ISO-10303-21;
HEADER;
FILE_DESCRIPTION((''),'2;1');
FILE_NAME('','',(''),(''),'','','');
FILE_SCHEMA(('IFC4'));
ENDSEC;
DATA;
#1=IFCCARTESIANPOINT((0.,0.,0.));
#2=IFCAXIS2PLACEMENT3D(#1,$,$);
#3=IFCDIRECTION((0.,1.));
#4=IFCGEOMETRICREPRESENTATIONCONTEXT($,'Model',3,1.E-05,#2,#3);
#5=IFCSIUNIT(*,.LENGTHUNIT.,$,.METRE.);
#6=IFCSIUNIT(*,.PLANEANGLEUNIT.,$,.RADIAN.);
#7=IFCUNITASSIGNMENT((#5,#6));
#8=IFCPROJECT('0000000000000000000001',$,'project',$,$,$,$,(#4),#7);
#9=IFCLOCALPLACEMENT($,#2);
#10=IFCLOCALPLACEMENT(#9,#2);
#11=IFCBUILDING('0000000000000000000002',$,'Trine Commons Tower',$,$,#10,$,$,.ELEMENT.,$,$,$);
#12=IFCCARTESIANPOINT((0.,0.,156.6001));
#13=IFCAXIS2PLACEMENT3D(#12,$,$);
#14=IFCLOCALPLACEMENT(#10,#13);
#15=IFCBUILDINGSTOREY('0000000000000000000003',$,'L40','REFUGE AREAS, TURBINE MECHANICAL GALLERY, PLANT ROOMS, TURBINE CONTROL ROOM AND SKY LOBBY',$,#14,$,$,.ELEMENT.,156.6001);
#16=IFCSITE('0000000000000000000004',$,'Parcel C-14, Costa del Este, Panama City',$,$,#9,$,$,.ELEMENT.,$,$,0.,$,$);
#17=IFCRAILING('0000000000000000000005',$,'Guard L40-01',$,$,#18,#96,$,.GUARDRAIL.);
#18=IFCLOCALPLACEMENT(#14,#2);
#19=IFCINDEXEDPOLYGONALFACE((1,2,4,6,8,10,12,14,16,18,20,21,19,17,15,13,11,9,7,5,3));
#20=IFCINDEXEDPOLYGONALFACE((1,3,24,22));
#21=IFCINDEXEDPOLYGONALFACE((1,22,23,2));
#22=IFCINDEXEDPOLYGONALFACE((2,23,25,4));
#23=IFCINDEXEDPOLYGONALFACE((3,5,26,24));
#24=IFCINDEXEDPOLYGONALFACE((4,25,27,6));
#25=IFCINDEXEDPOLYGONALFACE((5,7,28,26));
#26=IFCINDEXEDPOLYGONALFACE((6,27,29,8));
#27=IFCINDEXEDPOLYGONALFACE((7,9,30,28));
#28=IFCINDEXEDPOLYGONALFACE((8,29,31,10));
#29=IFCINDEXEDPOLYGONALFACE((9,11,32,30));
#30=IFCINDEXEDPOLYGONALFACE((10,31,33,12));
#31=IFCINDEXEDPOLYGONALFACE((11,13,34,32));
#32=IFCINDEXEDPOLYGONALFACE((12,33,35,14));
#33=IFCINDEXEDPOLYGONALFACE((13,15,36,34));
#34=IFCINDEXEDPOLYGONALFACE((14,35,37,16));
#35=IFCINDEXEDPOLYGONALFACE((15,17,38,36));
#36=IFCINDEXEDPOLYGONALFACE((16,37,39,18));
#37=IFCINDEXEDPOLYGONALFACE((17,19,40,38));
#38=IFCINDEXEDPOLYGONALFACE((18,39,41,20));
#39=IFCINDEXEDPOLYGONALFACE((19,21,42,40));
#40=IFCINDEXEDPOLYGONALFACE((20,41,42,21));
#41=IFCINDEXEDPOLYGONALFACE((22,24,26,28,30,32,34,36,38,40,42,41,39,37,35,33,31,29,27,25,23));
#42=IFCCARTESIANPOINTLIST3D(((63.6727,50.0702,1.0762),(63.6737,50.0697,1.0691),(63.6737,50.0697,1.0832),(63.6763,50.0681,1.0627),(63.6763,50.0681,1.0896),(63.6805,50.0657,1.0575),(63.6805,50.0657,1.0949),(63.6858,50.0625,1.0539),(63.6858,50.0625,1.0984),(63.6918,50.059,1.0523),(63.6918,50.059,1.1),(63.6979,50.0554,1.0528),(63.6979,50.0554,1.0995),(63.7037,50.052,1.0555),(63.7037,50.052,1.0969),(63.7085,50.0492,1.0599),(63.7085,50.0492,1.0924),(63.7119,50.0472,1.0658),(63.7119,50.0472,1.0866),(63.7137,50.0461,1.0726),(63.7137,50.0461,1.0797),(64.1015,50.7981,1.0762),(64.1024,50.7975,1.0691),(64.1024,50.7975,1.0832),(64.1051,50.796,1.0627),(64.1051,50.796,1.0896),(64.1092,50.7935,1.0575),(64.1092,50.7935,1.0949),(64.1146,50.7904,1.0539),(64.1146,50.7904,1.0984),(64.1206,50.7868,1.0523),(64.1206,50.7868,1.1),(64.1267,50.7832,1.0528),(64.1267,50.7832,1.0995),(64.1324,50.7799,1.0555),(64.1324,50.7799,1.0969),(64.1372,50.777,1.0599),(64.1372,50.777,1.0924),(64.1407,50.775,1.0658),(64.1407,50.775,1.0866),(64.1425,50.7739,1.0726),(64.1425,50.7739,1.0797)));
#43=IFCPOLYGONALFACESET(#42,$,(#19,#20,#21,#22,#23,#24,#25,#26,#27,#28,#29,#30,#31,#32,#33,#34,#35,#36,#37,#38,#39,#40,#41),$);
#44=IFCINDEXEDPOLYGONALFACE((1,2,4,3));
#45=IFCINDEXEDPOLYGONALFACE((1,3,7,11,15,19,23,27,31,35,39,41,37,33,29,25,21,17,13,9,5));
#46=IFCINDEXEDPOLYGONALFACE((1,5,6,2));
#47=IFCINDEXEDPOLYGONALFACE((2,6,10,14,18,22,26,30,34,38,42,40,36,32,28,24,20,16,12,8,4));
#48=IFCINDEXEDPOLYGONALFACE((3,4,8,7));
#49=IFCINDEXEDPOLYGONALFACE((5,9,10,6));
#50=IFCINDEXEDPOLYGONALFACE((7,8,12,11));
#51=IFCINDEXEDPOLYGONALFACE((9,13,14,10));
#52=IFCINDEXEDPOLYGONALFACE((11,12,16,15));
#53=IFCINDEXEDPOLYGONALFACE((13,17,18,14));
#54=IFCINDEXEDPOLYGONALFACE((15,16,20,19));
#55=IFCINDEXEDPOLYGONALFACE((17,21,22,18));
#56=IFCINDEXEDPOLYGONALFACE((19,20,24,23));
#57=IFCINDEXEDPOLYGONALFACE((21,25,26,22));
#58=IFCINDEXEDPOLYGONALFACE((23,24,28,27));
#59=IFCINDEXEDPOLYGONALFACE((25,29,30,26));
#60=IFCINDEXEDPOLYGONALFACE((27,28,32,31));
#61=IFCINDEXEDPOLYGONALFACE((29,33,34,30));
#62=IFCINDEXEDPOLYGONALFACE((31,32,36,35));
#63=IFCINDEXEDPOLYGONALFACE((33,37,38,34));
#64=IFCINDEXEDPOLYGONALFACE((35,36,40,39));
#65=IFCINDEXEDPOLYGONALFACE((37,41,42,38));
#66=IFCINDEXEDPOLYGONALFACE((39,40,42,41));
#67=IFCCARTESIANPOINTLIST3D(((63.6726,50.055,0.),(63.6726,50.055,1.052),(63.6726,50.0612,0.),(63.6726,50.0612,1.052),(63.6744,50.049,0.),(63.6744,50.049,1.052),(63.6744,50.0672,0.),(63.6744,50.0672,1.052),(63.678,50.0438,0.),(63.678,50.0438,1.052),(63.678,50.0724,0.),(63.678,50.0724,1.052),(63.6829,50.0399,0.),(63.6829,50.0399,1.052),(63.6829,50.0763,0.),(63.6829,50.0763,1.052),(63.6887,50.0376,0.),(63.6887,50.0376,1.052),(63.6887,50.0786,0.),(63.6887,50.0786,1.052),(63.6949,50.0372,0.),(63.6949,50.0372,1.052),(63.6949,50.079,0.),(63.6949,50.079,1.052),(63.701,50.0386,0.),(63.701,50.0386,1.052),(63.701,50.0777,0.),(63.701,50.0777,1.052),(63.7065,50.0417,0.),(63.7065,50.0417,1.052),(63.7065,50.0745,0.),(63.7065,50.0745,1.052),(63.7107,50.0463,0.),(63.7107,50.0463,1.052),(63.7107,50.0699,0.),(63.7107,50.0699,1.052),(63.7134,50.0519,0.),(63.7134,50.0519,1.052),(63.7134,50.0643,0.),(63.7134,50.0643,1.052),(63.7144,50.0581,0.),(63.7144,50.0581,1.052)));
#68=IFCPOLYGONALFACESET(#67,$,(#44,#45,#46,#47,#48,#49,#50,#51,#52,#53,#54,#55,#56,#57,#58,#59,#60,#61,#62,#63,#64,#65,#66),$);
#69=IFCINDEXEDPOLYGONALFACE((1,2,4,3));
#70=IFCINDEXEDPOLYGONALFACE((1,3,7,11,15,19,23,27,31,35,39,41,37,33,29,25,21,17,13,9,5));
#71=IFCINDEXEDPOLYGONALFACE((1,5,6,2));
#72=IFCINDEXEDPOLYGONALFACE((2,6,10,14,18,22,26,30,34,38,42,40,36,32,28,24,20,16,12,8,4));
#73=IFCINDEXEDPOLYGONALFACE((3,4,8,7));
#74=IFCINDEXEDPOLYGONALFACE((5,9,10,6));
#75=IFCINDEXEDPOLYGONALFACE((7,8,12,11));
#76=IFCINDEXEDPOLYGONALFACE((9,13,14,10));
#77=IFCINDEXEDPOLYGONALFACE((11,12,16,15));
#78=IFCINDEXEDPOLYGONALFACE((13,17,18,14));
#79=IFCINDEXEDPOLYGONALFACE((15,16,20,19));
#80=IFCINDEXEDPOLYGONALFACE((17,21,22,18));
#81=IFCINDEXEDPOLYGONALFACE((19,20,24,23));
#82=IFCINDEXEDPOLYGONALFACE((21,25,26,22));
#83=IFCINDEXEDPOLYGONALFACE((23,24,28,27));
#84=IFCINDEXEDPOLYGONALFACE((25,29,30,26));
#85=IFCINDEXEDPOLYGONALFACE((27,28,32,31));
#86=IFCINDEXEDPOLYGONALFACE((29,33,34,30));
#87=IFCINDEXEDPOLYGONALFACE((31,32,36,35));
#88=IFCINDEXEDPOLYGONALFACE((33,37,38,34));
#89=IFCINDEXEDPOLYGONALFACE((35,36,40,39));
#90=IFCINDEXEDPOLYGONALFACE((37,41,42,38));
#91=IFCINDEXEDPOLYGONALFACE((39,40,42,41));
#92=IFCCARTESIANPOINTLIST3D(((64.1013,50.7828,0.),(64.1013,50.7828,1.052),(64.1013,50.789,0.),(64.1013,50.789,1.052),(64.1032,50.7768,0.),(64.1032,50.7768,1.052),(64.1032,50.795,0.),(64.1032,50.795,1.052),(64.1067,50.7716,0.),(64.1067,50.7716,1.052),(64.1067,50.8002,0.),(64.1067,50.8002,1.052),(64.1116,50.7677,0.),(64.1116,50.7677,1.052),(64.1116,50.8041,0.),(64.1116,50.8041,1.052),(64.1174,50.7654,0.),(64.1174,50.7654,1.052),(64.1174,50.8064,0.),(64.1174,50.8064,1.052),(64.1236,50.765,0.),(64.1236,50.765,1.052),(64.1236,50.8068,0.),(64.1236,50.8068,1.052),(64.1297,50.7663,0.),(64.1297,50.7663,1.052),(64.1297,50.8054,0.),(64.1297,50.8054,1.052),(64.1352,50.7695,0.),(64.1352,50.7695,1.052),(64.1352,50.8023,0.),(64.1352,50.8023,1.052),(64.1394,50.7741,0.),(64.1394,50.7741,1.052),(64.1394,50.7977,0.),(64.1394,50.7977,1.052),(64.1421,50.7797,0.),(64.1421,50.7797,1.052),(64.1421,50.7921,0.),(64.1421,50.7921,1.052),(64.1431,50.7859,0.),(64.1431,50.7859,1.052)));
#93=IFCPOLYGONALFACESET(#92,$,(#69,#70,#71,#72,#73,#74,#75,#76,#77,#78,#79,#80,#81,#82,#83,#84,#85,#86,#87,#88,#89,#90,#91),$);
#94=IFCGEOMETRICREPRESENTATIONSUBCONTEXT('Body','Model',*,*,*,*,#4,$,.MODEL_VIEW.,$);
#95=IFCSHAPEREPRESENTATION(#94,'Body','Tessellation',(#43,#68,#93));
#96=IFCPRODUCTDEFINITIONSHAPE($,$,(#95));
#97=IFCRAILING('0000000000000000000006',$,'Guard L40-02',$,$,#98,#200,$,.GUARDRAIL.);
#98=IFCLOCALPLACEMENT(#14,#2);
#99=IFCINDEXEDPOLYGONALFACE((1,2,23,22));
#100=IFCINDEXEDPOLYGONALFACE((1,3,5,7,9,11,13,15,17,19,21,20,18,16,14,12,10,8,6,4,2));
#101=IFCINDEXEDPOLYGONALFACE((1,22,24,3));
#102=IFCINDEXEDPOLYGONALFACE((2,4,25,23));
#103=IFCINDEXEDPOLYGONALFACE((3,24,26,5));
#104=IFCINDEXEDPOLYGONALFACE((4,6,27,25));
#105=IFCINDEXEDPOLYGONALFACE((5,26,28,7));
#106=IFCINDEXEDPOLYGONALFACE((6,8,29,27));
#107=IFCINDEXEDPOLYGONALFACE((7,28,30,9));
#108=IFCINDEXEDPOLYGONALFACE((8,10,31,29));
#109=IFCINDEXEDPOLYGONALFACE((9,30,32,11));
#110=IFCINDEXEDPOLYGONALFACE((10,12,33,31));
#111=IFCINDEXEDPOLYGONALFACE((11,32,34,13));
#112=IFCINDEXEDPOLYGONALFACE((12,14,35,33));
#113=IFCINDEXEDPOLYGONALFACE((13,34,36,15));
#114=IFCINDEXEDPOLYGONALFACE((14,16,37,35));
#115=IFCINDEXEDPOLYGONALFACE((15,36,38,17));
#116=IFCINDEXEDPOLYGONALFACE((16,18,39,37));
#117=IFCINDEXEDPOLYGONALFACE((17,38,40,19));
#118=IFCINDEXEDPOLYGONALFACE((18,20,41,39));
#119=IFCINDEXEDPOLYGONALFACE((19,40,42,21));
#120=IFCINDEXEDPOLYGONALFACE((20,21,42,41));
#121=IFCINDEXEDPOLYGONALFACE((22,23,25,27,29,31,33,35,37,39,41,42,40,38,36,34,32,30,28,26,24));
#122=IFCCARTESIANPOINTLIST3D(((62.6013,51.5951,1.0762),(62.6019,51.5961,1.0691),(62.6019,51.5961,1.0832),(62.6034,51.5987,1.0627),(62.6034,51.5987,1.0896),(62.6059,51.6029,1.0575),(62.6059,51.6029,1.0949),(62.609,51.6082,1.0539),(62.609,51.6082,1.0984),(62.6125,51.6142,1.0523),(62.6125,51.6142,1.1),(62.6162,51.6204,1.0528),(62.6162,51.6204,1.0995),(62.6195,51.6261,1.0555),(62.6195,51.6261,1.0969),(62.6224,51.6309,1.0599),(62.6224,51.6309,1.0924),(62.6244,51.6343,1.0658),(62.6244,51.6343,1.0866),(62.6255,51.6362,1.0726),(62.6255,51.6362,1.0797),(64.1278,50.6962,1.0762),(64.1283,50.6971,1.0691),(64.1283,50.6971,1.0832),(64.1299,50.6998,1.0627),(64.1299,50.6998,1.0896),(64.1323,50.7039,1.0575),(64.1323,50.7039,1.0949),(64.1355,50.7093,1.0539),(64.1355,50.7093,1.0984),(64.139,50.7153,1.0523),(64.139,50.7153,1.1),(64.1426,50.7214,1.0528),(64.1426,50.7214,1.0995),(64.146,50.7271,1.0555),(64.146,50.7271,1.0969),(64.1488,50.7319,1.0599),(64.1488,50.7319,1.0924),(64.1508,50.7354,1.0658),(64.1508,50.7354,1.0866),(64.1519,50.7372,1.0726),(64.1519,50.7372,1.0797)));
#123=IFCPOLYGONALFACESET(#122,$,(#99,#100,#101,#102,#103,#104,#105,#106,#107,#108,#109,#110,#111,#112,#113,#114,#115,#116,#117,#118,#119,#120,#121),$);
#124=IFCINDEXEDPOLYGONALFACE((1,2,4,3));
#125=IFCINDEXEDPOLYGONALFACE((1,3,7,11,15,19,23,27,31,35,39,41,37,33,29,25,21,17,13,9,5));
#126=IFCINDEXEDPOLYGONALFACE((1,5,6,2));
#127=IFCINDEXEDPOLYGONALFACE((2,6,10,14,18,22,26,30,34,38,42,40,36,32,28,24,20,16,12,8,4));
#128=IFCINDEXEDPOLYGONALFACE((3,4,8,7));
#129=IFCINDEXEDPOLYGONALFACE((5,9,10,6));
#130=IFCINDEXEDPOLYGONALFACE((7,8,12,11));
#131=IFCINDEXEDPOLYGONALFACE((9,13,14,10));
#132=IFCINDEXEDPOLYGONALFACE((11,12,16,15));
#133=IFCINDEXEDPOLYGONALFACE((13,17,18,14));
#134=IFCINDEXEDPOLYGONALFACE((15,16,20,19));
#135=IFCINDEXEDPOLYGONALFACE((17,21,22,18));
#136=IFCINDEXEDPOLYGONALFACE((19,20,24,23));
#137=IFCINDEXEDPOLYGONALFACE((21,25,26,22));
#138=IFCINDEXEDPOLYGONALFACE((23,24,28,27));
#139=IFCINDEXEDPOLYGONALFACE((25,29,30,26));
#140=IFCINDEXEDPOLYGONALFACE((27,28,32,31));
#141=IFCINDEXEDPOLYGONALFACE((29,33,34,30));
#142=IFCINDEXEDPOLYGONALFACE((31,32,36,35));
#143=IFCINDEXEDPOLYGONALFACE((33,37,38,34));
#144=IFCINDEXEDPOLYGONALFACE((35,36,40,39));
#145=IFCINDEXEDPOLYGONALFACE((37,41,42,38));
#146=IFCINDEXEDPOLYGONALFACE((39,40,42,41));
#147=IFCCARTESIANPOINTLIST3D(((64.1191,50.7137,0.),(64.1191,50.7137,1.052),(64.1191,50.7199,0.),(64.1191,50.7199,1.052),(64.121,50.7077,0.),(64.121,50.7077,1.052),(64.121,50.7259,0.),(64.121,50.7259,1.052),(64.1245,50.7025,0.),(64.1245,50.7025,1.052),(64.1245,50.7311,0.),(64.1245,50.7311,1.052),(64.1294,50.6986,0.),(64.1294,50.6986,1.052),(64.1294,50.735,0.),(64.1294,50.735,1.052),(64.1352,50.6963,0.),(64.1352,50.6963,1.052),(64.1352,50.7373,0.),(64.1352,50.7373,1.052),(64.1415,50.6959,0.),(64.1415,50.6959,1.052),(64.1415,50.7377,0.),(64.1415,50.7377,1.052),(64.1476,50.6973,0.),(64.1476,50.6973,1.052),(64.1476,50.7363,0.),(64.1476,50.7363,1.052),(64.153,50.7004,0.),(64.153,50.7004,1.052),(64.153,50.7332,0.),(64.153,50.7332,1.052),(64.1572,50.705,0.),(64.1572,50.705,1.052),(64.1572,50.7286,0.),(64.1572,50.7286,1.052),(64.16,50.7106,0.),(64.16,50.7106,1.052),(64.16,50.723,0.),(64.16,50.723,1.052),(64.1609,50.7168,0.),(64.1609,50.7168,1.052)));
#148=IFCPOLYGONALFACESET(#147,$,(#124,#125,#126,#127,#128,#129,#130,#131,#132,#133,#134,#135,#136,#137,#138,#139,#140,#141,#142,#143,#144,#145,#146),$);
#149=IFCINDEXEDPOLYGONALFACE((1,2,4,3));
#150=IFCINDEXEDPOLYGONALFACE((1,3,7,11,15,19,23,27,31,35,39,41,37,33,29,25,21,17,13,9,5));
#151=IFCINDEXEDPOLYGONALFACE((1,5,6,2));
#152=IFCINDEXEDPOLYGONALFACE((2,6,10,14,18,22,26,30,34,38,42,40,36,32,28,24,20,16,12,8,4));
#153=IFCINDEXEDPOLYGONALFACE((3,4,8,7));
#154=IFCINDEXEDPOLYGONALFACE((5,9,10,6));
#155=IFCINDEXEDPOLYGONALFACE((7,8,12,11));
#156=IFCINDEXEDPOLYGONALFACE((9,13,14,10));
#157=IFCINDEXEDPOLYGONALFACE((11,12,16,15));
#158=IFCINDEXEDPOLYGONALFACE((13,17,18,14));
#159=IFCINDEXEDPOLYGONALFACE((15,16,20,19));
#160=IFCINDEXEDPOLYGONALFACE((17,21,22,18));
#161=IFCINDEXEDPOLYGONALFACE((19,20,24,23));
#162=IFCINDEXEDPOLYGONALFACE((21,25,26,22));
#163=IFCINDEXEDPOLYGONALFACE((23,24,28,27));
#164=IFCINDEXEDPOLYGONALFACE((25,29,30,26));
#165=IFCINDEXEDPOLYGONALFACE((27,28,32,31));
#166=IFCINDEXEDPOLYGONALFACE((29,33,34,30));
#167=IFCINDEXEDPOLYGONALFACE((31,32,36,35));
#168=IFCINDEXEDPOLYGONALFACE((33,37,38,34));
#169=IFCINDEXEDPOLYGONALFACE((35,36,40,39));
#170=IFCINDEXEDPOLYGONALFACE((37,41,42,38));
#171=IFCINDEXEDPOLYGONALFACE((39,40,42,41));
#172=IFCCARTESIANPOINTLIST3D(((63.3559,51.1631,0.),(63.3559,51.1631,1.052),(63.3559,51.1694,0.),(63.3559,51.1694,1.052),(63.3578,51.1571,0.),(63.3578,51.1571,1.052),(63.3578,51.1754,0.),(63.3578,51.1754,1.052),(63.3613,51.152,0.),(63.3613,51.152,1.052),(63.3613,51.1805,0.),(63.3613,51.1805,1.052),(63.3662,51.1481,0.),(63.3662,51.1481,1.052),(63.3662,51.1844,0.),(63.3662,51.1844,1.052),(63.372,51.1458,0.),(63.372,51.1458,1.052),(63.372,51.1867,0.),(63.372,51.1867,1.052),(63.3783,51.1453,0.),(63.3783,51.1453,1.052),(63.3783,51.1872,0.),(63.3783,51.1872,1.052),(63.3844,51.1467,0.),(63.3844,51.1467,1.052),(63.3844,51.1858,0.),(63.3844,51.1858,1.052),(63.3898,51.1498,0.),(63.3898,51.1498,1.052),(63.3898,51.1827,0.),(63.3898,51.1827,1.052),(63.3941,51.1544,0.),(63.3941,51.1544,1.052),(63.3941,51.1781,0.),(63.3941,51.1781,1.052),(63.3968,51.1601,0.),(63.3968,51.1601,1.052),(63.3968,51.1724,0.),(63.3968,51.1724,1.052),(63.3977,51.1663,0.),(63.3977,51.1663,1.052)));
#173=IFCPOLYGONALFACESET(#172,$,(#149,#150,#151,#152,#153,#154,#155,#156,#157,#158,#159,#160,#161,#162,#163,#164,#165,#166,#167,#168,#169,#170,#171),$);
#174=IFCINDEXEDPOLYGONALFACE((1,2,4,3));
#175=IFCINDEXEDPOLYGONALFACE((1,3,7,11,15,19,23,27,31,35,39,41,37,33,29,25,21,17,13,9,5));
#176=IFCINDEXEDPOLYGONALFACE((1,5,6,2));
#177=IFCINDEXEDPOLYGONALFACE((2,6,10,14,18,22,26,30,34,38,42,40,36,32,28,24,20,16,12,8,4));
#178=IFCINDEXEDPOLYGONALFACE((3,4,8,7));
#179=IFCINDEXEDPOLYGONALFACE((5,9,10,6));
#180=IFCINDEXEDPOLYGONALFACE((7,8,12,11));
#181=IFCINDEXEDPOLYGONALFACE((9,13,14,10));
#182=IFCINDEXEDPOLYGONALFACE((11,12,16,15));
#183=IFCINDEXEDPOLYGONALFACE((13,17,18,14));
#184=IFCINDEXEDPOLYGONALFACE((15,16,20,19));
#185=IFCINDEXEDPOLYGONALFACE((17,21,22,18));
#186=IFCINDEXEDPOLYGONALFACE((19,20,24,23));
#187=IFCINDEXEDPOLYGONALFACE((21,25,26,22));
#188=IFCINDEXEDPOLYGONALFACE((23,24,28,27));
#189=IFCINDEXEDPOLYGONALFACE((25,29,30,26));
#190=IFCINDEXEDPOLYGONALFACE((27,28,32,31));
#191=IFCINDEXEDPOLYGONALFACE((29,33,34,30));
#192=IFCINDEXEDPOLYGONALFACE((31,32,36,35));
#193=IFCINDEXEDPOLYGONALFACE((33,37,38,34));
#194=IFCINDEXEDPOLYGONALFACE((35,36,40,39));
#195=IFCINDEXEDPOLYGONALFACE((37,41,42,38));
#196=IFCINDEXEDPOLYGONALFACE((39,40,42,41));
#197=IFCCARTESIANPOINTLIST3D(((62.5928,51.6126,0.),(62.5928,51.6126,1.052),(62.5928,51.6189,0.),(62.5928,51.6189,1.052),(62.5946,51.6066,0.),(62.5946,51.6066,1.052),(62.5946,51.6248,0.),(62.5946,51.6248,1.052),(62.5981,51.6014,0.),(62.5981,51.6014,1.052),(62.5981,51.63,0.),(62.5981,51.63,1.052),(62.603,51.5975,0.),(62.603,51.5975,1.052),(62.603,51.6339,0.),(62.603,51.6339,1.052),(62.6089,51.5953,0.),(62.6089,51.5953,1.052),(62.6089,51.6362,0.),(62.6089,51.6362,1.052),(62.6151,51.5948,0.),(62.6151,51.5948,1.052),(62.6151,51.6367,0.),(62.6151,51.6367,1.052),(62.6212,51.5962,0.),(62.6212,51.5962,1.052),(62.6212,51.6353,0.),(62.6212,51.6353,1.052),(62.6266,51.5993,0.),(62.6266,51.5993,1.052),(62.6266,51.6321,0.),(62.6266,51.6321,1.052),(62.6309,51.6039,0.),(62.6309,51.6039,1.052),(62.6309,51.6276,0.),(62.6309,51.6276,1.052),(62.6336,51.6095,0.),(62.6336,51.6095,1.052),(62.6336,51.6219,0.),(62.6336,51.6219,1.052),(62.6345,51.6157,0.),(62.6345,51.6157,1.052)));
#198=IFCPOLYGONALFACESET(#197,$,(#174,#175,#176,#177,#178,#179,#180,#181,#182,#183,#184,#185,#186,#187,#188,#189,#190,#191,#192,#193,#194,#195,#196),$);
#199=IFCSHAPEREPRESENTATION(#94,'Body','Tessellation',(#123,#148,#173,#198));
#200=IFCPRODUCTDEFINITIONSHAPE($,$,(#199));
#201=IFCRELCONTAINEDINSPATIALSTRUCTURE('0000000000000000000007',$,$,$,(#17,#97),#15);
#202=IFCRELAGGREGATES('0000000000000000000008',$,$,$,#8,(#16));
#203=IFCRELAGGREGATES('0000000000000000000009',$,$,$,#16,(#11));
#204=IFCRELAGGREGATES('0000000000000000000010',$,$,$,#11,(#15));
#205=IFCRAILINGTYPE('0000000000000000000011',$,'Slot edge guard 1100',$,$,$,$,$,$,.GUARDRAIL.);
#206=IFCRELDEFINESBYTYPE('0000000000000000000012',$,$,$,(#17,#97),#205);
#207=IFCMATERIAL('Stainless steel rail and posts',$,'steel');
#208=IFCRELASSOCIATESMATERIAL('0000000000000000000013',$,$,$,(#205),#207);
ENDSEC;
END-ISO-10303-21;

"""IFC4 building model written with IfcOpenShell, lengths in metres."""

from ifc_helpers import new_model, si_unit, direction, frame, origin, origin_2d, place, context, subcontext, project, spatial, circle, extrude, material, type_object, element, save


model = new_model("IFC4")

# Units and contexts
model_context = context("Model", 3, precision=1e-05, world=origin(), true_north=direction((0.0, 1.0)))
body_context = subcontext(model_context, "Body", "Model", "MODEL_VIEW")
ifc_project = project(units=[si_unit("LENGTHUNIT", "METRE"), si_unit("PLANEANGLEUNIT", "RADIAN")], contexts=[model_context])

# Site, building, storey
site_placement = place(None, origin())
site = spatial("IfcSite", under=ifc_project, at=site_placement, Name="Parcel C-14, Costa del Este, Panama City", CompositionType="ELEMENT", RefElevation=0.0)
building_placement = place(site_placement, origin())
building = spatial("IfcBuilding", under=site, at=building_placement, Name="Trine Commons Tower", CompositionType="ELEMENT")
storey_placement = place(building_placement, frame((0.0, 0.0, 156.6001)))
storey = spatial("IfcBuildingStorey", under=building, at=storey_placement, Name="L40", Description="REFUGE AREAS, TURBINE MECHANICAL GALLERY, PLANT ROOMS, TURBINE CONTROL ROOM AND SKY LOBBY", CompositionType="ELEMENT", Elevation=156.6001)

# Railings
ifc_material_1 = material(Name="Stainless steel rail and posts", Category="steel")
railing_type = type_object("IfcRailingType", Name="Slot edge guard 1100", PredefinedType="GUARDRAIL", material=ifc_material_1)
railing_1_placement = place(storey_placement, frame((63.6934, 50.0581, 0.0)))
element("IfcRailing", 1, at=railing_1_placement, inside=storey, type_object=railing_type, Name="Guard L40-01", PredefinedType="GUARDRAIL", context=body_context, shape_type="SweptSolid", body=[
    extrude(circle(Radius=0.0239, at=origin_2d()), frame((0.0, 0.0, 1.0762), z_axis=(0.507551, 0.861622, 0.0), x_axis=(-0.861622, 0.507551, 0.0)), (0.0, 0.0, 1.0), 0.8447),
    extrude(circle(Radius=0.021, at=origin_2d()), origin(), (0.0, 0.0, 1.0), 1.052),
    extrude(circle(Radius=0.021, at=origin_2d()), frame((0.4287, 0.7278, 0.0)), (0.0, 0.0, 1.0), 1.052),
])
railing_2_placement = place(storey_placement, frame((64.1399, 50.7168, 0.0)))
element("IfcRailing", 2, at=railing_2_placement, inside=storey, type_object=railing_type, Name="Guard L40-02", PredefinedType="GUARDRAIL", context=body_context, shape_type="SweptSolid", body=[
    extrude(circle(Radius=0.0239, at=origin_2d()), frame((0.0, 0.0, 1.0762), z_axis=(-0.861672, 0.507466, 0.0), x_axis=(-0.507466, -0.861672, 0.0)), (0.0, 0.0, 1.0), 1.7715),
    extrude(circle(Radius=0.021, at=origin_2d()), origin(), (0.0, 0.0, 1.0), 1.052),
    extrude(circle(Radius=0.021, at=origin_2d()), frame((-0.7632, 0.4495, 0.0)), (0.0, 0.0, 1.0), 1.052),
    extrude(circle(Radius=0.021, at=origin_2d()), frame((-1.5264, 0.8989, 0.0)), (0.0, 0.0, 1.0), 1.052),
])

save(model, "model.ifc")
